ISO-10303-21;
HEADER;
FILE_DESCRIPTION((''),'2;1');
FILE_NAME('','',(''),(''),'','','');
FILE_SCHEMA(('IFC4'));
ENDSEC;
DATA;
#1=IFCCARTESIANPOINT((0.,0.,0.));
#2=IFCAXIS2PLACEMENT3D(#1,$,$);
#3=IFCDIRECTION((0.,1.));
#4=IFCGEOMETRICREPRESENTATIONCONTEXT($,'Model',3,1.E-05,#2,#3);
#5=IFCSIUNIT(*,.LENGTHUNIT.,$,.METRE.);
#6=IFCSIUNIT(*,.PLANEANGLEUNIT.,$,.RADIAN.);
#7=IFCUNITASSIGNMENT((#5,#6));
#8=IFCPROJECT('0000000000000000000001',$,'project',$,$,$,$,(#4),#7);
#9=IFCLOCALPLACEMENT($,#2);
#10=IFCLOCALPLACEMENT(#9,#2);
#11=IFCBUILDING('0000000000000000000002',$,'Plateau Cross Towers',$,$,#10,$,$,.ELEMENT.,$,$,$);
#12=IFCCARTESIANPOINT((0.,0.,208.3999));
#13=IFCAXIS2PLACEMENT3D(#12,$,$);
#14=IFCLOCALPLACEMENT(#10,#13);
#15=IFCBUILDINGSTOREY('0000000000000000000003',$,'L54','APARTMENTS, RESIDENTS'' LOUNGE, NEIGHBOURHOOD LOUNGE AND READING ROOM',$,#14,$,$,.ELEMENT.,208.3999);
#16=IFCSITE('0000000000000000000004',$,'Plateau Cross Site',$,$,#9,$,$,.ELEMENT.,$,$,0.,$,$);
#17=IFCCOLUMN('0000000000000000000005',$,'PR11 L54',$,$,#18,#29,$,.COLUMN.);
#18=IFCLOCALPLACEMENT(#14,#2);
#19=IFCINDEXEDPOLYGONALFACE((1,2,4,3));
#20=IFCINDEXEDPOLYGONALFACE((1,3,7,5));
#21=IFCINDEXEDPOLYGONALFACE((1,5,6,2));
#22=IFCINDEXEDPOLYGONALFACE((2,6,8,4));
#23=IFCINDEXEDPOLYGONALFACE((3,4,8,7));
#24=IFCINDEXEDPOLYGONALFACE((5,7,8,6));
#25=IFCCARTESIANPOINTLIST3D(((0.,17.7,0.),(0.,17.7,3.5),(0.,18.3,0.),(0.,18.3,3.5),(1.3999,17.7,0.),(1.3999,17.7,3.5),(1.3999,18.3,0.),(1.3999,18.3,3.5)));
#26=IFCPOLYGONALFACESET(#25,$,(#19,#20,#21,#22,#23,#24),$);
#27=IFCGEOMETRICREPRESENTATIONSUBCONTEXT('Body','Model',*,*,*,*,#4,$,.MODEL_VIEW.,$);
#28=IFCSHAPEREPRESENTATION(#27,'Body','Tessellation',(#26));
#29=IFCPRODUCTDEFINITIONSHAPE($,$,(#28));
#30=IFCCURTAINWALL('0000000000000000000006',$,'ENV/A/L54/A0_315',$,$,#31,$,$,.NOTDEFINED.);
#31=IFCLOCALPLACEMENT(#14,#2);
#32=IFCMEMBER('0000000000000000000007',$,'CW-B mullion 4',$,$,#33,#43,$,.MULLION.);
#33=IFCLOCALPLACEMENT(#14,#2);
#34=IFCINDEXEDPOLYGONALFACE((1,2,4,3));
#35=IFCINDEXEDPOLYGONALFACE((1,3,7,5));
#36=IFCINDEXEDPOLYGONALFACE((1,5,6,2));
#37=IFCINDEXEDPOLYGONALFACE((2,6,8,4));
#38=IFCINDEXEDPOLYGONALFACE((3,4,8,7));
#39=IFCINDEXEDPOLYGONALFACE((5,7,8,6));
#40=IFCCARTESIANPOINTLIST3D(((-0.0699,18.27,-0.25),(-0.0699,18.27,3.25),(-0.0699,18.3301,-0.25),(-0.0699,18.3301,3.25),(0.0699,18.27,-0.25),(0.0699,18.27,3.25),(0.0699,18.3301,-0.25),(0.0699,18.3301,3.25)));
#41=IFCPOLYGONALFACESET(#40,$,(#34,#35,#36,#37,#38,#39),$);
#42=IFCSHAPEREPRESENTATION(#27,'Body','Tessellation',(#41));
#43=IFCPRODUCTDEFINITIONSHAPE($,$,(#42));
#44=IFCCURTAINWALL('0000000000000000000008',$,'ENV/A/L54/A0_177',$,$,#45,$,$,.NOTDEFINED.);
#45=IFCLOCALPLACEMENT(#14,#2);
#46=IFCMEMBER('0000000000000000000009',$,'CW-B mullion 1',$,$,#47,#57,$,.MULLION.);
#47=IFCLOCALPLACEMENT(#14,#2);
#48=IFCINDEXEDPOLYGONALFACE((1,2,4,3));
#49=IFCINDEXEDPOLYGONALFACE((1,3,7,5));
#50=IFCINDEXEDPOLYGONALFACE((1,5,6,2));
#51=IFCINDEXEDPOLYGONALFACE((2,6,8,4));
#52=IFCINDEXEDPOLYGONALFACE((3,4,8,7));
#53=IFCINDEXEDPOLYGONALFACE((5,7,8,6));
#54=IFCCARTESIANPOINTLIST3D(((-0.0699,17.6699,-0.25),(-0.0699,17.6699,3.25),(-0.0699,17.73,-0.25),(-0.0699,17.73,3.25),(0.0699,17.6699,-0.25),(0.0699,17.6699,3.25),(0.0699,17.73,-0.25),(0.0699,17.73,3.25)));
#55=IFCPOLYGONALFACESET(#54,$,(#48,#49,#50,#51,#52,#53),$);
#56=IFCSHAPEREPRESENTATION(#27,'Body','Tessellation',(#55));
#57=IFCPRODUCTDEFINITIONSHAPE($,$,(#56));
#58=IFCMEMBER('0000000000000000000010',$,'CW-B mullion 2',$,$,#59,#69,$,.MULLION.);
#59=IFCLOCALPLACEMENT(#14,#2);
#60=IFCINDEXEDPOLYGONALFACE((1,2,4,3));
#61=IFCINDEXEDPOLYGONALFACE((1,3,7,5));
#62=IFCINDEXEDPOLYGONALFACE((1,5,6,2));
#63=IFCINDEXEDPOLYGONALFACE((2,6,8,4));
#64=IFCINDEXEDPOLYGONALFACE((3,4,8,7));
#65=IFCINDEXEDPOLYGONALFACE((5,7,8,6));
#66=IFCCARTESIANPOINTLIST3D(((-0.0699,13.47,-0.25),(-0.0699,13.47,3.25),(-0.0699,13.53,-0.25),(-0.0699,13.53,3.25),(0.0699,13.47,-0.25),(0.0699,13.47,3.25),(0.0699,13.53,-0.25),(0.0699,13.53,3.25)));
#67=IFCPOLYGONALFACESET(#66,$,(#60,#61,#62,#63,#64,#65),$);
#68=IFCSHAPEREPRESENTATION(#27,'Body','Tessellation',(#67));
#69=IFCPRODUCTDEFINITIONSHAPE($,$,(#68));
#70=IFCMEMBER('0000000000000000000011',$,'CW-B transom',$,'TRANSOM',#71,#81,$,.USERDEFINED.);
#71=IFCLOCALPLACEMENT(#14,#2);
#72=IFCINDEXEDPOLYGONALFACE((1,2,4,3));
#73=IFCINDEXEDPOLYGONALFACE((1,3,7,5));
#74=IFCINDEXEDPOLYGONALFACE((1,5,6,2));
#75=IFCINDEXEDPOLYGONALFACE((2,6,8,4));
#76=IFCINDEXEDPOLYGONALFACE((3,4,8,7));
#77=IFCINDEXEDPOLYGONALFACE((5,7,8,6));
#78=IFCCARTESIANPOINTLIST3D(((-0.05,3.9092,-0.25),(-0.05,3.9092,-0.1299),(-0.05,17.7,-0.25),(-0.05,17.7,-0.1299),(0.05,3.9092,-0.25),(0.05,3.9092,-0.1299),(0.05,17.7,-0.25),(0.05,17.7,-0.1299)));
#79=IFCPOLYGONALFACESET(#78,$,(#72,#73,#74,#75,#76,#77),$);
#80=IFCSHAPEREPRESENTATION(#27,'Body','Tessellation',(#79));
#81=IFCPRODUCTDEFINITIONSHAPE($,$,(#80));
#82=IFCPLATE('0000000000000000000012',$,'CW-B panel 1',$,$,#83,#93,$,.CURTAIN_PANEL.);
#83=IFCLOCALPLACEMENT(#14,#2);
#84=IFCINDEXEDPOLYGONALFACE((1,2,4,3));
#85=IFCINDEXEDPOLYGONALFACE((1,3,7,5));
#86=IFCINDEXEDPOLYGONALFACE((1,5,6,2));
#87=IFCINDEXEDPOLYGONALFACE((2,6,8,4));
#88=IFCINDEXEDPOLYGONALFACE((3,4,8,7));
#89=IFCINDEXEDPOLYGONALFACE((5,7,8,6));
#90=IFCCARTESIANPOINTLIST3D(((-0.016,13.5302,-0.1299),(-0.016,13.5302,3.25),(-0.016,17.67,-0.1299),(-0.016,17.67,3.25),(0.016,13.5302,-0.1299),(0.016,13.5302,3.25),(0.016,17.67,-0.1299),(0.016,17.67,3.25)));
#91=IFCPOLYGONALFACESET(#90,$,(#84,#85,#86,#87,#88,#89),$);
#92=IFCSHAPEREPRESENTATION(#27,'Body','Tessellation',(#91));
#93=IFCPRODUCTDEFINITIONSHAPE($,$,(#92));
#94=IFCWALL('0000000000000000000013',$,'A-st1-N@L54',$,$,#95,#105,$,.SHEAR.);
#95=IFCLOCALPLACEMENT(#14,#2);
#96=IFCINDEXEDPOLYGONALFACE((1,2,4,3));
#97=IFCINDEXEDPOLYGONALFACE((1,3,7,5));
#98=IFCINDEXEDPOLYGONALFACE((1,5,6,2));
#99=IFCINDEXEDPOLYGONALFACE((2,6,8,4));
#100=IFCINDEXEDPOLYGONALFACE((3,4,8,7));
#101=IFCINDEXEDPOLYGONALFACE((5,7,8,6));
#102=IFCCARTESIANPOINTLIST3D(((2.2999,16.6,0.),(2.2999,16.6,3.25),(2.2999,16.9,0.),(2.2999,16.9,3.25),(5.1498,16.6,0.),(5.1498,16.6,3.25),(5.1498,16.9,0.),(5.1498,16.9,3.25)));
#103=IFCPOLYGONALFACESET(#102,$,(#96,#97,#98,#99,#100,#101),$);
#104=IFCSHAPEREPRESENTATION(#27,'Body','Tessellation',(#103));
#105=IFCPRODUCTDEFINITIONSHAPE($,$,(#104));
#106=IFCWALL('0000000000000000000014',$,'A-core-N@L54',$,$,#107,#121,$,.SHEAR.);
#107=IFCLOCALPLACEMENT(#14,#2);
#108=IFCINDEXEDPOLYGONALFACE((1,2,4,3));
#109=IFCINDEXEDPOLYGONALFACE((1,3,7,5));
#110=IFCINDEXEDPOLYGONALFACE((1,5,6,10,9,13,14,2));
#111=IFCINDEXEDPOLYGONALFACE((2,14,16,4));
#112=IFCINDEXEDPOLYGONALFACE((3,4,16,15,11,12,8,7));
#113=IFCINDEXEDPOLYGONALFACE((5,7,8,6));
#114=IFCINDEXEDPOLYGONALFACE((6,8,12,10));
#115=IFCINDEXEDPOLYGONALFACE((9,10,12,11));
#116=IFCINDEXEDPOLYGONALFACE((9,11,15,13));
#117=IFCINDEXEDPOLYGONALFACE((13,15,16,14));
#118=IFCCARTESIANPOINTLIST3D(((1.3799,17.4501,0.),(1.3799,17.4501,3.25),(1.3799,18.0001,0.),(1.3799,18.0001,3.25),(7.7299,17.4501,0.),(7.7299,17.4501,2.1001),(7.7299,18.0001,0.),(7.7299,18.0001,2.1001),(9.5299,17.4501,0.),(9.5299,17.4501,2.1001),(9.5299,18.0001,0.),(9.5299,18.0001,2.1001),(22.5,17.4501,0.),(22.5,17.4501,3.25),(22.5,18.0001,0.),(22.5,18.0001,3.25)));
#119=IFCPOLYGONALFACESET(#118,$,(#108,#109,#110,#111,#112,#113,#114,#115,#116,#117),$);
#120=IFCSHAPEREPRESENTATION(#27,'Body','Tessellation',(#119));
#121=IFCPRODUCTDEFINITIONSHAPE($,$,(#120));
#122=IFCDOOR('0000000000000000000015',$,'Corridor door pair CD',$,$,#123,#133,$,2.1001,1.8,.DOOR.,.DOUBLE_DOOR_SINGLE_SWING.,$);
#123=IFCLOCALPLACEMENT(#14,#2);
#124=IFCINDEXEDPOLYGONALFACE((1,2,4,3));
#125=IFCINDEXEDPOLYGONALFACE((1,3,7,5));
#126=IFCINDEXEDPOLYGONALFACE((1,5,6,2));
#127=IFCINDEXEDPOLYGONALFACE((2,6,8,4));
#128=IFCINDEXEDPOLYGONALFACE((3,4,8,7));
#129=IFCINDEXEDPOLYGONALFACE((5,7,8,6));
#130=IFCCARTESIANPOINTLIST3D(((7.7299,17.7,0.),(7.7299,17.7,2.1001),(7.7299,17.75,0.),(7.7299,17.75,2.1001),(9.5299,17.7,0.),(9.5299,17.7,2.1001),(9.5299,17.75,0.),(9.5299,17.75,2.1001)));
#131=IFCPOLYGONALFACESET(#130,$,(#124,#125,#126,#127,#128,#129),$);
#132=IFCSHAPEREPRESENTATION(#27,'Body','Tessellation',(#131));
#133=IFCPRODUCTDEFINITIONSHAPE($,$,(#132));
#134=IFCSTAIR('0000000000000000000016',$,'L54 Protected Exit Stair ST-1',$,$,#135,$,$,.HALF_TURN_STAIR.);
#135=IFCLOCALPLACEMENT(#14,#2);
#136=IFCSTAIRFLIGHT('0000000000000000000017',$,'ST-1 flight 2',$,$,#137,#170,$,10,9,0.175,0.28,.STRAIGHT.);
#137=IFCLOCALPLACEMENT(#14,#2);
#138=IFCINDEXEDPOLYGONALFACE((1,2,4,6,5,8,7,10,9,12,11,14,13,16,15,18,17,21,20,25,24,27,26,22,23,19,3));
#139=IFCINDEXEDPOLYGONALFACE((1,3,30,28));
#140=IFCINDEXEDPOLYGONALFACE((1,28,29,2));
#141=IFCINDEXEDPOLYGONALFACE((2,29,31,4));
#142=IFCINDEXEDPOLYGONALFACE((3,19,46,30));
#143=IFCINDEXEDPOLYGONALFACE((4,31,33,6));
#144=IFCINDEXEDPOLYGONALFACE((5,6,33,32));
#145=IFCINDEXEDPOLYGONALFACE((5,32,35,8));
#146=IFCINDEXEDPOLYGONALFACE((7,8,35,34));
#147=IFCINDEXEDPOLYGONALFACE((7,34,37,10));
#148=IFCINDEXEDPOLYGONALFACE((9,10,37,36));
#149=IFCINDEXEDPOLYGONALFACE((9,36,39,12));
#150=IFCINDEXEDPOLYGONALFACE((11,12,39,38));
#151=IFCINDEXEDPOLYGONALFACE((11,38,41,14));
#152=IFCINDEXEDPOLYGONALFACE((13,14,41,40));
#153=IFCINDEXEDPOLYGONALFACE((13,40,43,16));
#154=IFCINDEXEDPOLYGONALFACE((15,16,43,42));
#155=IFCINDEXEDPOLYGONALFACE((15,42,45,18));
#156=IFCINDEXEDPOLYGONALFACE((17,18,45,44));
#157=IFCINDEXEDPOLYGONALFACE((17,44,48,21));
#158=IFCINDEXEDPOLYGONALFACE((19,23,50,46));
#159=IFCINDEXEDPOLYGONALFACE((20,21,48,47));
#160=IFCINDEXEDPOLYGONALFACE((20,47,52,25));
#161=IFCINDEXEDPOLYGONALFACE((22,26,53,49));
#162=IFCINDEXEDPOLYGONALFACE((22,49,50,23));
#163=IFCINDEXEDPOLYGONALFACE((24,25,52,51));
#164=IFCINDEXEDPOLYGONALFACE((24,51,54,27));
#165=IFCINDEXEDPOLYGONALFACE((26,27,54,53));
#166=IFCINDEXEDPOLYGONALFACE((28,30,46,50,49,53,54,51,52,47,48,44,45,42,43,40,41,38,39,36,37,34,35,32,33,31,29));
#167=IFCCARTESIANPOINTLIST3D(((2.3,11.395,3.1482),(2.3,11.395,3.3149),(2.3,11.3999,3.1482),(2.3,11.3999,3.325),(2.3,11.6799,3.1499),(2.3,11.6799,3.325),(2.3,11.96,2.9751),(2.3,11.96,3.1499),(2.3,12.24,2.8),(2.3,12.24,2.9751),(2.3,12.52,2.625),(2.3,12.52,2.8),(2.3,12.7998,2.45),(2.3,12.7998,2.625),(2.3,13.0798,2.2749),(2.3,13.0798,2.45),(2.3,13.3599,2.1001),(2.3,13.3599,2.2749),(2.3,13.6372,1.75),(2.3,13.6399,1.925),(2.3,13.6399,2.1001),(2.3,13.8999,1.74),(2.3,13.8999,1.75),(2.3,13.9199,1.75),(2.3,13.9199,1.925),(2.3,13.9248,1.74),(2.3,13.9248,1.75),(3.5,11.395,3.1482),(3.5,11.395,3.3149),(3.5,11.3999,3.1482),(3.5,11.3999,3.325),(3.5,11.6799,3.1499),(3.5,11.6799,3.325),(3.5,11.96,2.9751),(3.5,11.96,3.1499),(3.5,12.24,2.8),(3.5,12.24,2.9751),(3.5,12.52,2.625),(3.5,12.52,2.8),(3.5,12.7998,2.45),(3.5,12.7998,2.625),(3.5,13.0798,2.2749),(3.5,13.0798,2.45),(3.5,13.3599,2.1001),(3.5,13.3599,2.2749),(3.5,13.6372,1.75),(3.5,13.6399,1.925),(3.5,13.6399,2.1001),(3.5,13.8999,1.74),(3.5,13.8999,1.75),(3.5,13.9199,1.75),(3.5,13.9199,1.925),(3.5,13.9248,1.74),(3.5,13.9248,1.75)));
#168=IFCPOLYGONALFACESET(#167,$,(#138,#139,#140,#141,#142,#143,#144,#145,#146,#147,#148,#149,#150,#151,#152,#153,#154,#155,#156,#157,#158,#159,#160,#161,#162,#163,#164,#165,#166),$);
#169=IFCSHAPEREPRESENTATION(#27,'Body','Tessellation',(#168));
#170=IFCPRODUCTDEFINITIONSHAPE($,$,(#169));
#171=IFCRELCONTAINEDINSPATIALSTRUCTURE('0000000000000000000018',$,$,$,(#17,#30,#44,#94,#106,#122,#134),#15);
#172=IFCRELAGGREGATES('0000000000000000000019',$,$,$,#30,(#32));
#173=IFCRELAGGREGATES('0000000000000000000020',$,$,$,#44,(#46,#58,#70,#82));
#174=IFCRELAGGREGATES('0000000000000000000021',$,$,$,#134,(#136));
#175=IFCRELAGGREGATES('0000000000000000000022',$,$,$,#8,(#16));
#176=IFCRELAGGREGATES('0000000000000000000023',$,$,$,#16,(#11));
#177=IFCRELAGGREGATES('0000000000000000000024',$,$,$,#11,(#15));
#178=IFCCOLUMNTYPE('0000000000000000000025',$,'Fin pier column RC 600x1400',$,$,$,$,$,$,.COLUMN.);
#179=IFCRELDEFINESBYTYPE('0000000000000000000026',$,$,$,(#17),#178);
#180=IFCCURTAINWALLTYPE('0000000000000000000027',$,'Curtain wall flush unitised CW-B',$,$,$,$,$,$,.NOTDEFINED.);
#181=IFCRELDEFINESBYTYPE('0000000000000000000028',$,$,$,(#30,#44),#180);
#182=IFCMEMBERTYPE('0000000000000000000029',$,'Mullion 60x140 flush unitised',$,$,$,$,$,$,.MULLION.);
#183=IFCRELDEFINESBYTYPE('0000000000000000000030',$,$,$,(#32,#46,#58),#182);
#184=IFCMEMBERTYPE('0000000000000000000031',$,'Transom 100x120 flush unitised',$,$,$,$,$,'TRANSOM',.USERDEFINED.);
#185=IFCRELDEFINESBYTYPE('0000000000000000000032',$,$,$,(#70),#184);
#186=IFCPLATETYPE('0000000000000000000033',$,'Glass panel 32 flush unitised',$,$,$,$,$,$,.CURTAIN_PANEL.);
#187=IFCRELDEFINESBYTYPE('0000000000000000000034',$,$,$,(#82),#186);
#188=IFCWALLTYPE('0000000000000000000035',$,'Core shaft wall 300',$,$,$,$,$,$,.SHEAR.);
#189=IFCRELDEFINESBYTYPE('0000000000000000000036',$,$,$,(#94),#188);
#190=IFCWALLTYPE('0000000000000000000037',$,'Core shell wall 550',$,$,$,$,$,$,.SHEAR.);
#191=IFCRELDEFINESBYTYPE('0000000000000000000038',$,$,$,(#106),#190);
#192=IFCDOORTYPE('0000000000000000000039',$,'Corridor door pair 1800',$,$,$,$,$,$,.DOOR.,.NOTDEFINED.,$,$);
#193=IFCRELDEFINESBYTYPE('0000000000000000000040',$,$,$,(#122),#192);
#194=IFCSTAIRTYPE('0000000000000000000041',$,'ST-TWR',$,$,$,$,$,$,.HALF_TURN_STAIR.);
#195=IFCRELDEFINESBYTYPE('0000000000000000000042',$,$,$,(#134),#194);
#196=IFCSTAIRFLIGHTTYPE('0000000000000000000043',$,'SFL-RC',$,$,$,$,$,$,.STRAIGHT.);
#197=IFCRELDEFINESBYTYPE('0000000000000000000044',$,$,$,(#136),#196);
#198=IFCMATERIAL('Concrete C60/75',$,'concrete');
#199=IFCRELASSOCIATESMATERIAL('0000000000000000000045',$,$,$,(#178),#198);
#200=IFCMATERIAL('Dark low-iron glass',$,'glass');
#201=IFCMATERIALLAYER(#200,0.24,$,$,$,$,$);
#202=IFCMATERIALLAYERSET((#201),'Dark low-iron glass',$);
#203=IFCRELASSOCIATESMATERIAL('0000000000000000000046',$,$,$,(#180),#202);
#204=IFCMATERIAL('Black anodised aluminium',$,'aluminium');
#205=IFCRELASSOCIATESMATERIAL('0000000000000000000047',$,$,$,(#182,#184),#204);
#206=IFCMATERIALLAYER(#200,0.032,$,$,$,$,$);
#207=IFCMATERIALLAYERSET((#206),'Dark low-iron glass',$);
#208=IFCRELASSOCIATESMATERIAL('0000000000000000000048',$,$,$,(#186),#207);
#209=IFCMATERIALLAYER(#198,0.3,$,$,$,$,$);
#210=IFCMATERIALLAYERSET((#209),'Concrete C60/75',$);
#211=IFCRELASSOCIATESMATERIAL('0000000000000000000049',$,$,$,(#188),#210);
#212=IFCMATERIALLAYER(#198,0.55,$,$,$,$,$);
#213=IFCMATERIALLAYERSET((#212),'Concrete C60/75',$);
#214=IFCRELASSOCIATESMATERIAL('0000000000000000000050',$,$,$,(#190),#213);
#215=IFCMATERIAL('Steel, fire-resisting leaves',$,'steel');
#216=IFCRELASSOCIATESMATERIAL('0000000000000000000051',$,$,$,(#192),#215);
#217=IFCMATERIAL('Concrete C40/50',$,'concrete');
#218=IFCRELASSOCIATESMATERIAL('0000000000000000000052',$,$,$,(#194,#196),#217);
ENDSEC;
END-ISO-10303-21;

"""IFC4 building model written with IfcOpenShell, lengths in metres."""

from ifc_helpers import new_model, si_unit, direction, frame, frame_2d, origin, origin_2d, place, context, subcontext, project, spatial, polyline, rectangle, outline, extrude, material, layer, layer_set, material_profile, profile_set, type_object, element, fill, aggregate, save


model = new_model("IFC4")

# Units and contexts
model_context = context("Model", 3, precision=1e-05, world=origin(), true_north=direction((0.0, 1.0)))
body_context = subcontext(model_context, "Body", "Model", "MODEL_VIEW")
ifc_project = project(units=[si_unit("LENGTHUNIT", "METRE"), si_unit("PLANEANGLEUNIT", "RADIAN")], contexts=[model_context])

# Site, building, storey
site_placement = place(None, origin())
site = spatial("IfcSite", under=ifc_project, at=site_placement, Name="Plateau Cross Site", CompositionType="ELEMENT", RefElevation=0.0)
building_placement = place(site_placement, origin())
building = spatial("IfcBuilding", under=site, at=building_placement, Name="Plateau Cross Towers", CompositionType="ELEMENT")
storey_placement = place(building_placement, frame((0.0, 0.0, 208.3999)))
storey = spatial("IfcBuildingStorey", under=building, at=storey_placement, Name="L54", Description="APARTMENTS, RESIDENTS' LOUNGE, NEIGHBOURHOOD LOUNGE AND READING ROOM", CompositionType="ELEMENT", Elevation=208.3999)

# Column
ifc_material_1 = material(Name="Concrete C60/75", Category="concrete")
ifc_material_profile_1 = material_profile(ifc_material_1, rectangle(XDim=0.6001, YDim=1.3999, at=origin_2d()), Name="RC 600x1400")
ifc_profile_set_1 = profile_set([ifc_material_profile_1], Name="Concrete C60/75")
column_type = type_object("IfcColumnType", Name="Fin pier column RC 600x1400", PredefinedType="COLUMN", material=ifc_profile_set_1)
column_placement = place(storey_placement, frame((0.7, 18.0, 0.0), z_axis=(0.0, 0.0, 1.0), x_axis=(0.0, 1.0, 0.0)))
element("IfcColumn", 1, at=column_placement, inside=storey, type_object=column_type, Name="PR11 L54", PredefinedType="COLUMN", context=body_context, shape_type="SweptSolid", body=[
    extrude(rectangle(XDim=0.6001, YDim=1.3999, at=origin_2d()), origin(), (0.0, 0.0, 1.0), 3.5),
])

# Curtain wall, member
ifc_material_2 = material(Name="Dark low-iron glass", Category="glass")
ifc_layer_1 = layer(ifc_material_2, 0.24)
ifc_layer_set_1 = layer_set([ifc_layer_1], Name="Dark low-iron glass")
curtain_wall_type = type_object("IfcCurtainWallType", Name="Curtain wall flush unitised CW-B", PredefinedType="NOTDEFINED", material=ifc_layer_set_1)
curtain_wall_1_placement = place(storey_placement, origin())
curtain_wall_1 = element("IfcCurtainWall", 2, at=curtain_wall_1_placement, inside=storey, type_object=curtain_wall_type, Name="ENV/A/L54/A0_315", PredefinedType="NOTDEFINED")
ifc_material_3 = material(Name="Black anodised aluminium", Category="aluminium")
ifc_material_profile_2 = material_profile(ifc_material_3, rectangle(XDim=0.0601, YDim=0.1399, at=origin_2d()), Name="MULLION 60x140")
ifc_profile_set_2 = profile_set([ifc_material_profile_2], Name="Black anodised aluminium")
member_type_1 = type_object("IfcMemberType", Name="Mullion 60x140 flush unitised", PredefinedType="MULLION", material=ifc_profile_set_2)
member_1_placement = place(storey_placement, frame((0.0, 18.3, -0.25), z_axis=(0.0, 0.0, 1.0), x_axis=(0.0, -1.0, 0.0)))
member_1 = element("IfcMember", 3, at=member_1_placement, type_object=member_type_1, Name="CW-B mullion 4", PredefinedType="MULLION", context=body_context, shape_type="SweptSolid", body=[
    extrude(rectangle(XDim=0.0601, YDim=0.1399, at=origin_2d()), origin(), (0.0, 0.0, 1.0), 3.5),
])
aggregate(curtain_wall_1, [member_1])

# Curtain wall, members, plate
curtain_wall_2_placement = place(storey_placement, origin())
curtain_wall_2 = element("IfcCurtainWall", 4, at=curtain_wall_2_placement, inside=storey, type_object=curtain_wall_type, Name="ENV/A/L54/A0_177", PredefinedType="NOTDEFINED")
member_2_placement = place(storey_placement, frame((0.0, 17.7, -0.25), z_axis=(0.0, 0.0, 1.0), x_axis=(0.0, -1.0, 0.0)))
member_2 = element("IfcMember", 5, at=member_2_placement, type_object=member_type_1, Name="CW-B mullion 1", PredefinedType="MULLION", context=body_context, shape_type="SweptSolid", body=[
    extrude(rectangle(XDim=0.0601, YDim=0.1399, at=origin_2d()), origin(), (0.0, 0.0, 1.0), 3.5),
])
member_3_placement = place(storey_placement, frame((0.0, 13.5, -0.25), z_axis=(0.0, 0.0, 1.0), x_axis=(0.0, -1.0, 0.0)))
member_3 = element("IfcMember", 6, at=member_3_placement, type_object=member_type_1, Name="CW-B mullion 2", PredefinedType="MULLION", context=body_context, shape_type="SweptSolid", body=[
    extrude(rectangle(XDim=0.0601, YDim=0.1399, at=origin_2d()), origin(), (0.0, 0.0, 1.0), 3.5),
])
ifc_material_profile_3 = material_profile(ifc_material_3, rectangle(XDim=0.1001, YDim=0.1201, at=origin_2d()), Name="TRANSOM 100x120")
ifc_profile_set_3 = profile_set([ifc_material_profile_3], Name="Black anodised aluminium")
member_type_2 = type_object("IfcMemberType", Name="Transom 100x120 flush unitised", ElementType="TRANSOM", PredefinedType="USERDEFINED", material=ifc_profile_set_3)
member_4_placement = place(storey_placement, frame((0.0, 17.7, -0.1899), z_axis=(0.0, -1.0, 0.0), x_axis=(1.0, 0.0, 0.0)))
member_4 = element("IfcMember", 7, at=member_4_placement, type_object=member_type_2, Name="CW-B transom", ObjectType="TRANSOM", PredefinedType="USERDEFINED", context=body_context, shape_type="SweptSolid", body=[
    extrude(rectangle(XDim=0.1001, YDim=0.1201, at=origin_2d()), origin(), (0.0, 0.0, 1.0), 13.7908),
])
ifc_layer_2 = layer(ifc_material_2, 0.032)
ifc_layer_set_2 = layer_set([ifc_layer_2], Name="Dark low-iron glass")
plate_type = type_object("IfcPlateType", Name="Glass panel 32 flush unitised", PredefinedType="CURTAIN_PANEL", material=ifc_layer_set_2)
plate_placement = place(storey_placement, frame((0.0, 15.6001, -0.1299), z_axis=(0.0, 0.0, 1.0), x_axis=(0.0, -1.0, 0.0)))
plate = element("IfcPlate", 8, at=plate_placement, type_object=plate_type, Name="CW-B panel 1", PredefinedType="CURTAIN_PANEL", context=body_context, shape_type="SweptSolid", body=[
    extrude(rectangle(XDim=4.1399, YDim=0.032, at=origin_2d()), origin(), (0.0, 0.0, 1.0), 3.3799),
])
aggregate(curtain_wall_2, [member_2, member_3, member_4, plate])

# Wall
ifc_layer_3 = layer(ifc_material_1, 0.3)
ifc_layer_set_3 = layer_set([ifc_layer_3], Name="Concrete C60/75")
wall_type_1 = type_object("IfcWallType", Name="Core shaft wall 300", PredefinedType="SHEAR", material=ifc_layer_set_3)
wall_1_placement = place(storey_placement, frame((2.3, 16.75, 0.0), z_axis=(0.0, 0.0, 1.0), x_axis=(1.0, 0.0, 0.0)))
element("IfcWall", 9, at=wall_1_placement, inside=storey, type_object=wall_type_1, Name="A-st1-N@L54", PredefinedType="SHEAR", context=body_context, shape_type="SweptSolid", body=[
    extrude(rectangle(XDim=2.8499, YDim=0.3, at=frame_2d((1.4248, 0.0))), origin(), (0.0, 0.0, 1.0), 3.25),
])

# Wall, opening, door
ifc_layer_4 = layer(ifc_material_1, 0.55)
ifc_layer_set_4 = layer_set([ifc_layer_4], Name="Concrete C60/75")
wall_type_2 = type_object("IfcWallType", Name="Core shell wall 550", PredefinedType="SHEAR", material=ifc_layer_set_4)
wall_2_placement = place(storey_placement, frame((1.3799, 17.7251, 0.0), z_axis=(0.0, 0.0, 1.0), x_axis=(1.0, 0.0, 0.0)))
wall_2 = element("IfcWall", 10, at=wall_2_placement, inside=storey, type_object=wall_type_2, Name="A-core-N@L54", PredefinedType="SHEAR", context=body_context, shape_type="SweptSolid", body=[
    extrude(rectangle(XDim=21.1201, YDim=0.55, at=frame_2d((10.5601, 0.0))), origin(), (0.0, 0.0, 1.0), 3.25),
])
opening_placement = place(wall_2_placement, frame((6.3501, 0.0, 0.0)))
opening = element("IfcOpeningElement", 11, at=opening_placement, cuts=wall_2, PredefinedType="OPENING", context=body_context, shape_type="SweptSolid", body=[
    extrude(rectangle(XDim=1.8, YDim=2.1001, at=frame_2d((0.8999, 1.05))), frame((0.0, 0.2849, 0.0), z_axis=(0.0, -1.0, 0.0), x_axis=(1.0, 0.0, 0.0)), (0.0, 0.0, 1.0), 0.5701),
])
ifc_material_4 = material(Name="Steel, fire-resisting leaves", Category="steel")
door_type = type_object("IfcDoorType", Name="Corridor door pair 1800", OperationType="NOTDEFINED", PredefinedType="DOOR", material=ifc_material_4)
door_placement = place(opening_placement, origin())
door = element("IfcDoor", 12, at=door_placement, inside=storey, type_object=door_type, Name="Corridor door pair CD", OperationType="DOUBLE_DOOR_SINGLE_SWING", OverallHeight=2.1001, OverallWidth=1.8, PredefinedType="DOOR", context=body_context, shape_type="SweptSolid", body=[
    extrude(rectangle(XDim=1.8, YDim=2.1001, at=frame_2d((0.8999, 1.05))), frame((0.0, 0.0249, 0.0), z_axis=(0.0, -1.0, 0.0), x_axis=(1.0, 0.0, 0.0)), (0.0, 0.0, 1.0), 0.05),
])
fill(opening, door)

# Stair, stair flight
ifc_material_5 = material(Name="Concrete C40/50", Category="concrete")
stair_type = type_object("IfcStairType", Name="ST-TWR", PredefinedType="HALF_TURN_STAIR", material=ifc_material_5)
stair_placement = place(storey_placement, origin())
stair = element("IfcStair", 13, at=stair_placement, inside=storey, type_object=stair_type, Name="L54 Protected Exit Stair ST-1", PredefinedType="HALF_TURN_STAIR")
stair_flight_type = type_object("IfcStairFlightType", Name="SFL-RC", PredefinedType="STRAIGHT", material=ifc_material_5)
stair_flight_placement = place(storey_placement, frame((2.8999, 13.9199, 1.75), z_axis=(0.0, 0.0, 1.0), x_axis=(0.0, -1.0, 0.0)))
stair_flight = element("IfcStairFlight", 14, at=stair_flight_placement, type_object=stair_flight_type, Name="ST-1 flight 2", NumberOfRisers=10, NumberOfTreads=9, PredefinedType="STRAIGHT", RiserHeight=0.175, TreadLength=0.28, context=body_context, shape_type="SweptSolid", body=[
    extrude(outline(polyline([(-0.0049, -0.01), (-0.0049, 0.0), (0.0, 0.0), (0.0, 0.175), (0.28, 0.175), (0.28, 0.3501), (0.5601, 0.3501), (0.5601, 0.5249), (0.8401, 0.5249), (0.8401, 0.7), (1.1201, 0.7), (1.1201, 0.875), (1.3999, 0.875), (1.3999, 1.05), (1.6799, 1.05), (1.6799, 1.2251), (1.96, 1.2251), (1.96, 1.3999), (2.24, 1.3999), (2.24, 1.575), (2.52, 1.575), (2.5249, 1.5649), (2.5249, 1.3982), (2.52, 1.3982), (0.2827, 0.0), (0.02, 0.0), (0.02, -0.01), (-0.0049, -0.01)])), frame((0.0, 0.6001, 0.0), z_axis=(0.0, -1.0, 0.0), x_axis=(1.0, 0.0, 0.0)), (0.0, 0.0, 1.0), 1.2),
])
aggregate(stair, [stair_flight])

save(model, "model.ifc")
